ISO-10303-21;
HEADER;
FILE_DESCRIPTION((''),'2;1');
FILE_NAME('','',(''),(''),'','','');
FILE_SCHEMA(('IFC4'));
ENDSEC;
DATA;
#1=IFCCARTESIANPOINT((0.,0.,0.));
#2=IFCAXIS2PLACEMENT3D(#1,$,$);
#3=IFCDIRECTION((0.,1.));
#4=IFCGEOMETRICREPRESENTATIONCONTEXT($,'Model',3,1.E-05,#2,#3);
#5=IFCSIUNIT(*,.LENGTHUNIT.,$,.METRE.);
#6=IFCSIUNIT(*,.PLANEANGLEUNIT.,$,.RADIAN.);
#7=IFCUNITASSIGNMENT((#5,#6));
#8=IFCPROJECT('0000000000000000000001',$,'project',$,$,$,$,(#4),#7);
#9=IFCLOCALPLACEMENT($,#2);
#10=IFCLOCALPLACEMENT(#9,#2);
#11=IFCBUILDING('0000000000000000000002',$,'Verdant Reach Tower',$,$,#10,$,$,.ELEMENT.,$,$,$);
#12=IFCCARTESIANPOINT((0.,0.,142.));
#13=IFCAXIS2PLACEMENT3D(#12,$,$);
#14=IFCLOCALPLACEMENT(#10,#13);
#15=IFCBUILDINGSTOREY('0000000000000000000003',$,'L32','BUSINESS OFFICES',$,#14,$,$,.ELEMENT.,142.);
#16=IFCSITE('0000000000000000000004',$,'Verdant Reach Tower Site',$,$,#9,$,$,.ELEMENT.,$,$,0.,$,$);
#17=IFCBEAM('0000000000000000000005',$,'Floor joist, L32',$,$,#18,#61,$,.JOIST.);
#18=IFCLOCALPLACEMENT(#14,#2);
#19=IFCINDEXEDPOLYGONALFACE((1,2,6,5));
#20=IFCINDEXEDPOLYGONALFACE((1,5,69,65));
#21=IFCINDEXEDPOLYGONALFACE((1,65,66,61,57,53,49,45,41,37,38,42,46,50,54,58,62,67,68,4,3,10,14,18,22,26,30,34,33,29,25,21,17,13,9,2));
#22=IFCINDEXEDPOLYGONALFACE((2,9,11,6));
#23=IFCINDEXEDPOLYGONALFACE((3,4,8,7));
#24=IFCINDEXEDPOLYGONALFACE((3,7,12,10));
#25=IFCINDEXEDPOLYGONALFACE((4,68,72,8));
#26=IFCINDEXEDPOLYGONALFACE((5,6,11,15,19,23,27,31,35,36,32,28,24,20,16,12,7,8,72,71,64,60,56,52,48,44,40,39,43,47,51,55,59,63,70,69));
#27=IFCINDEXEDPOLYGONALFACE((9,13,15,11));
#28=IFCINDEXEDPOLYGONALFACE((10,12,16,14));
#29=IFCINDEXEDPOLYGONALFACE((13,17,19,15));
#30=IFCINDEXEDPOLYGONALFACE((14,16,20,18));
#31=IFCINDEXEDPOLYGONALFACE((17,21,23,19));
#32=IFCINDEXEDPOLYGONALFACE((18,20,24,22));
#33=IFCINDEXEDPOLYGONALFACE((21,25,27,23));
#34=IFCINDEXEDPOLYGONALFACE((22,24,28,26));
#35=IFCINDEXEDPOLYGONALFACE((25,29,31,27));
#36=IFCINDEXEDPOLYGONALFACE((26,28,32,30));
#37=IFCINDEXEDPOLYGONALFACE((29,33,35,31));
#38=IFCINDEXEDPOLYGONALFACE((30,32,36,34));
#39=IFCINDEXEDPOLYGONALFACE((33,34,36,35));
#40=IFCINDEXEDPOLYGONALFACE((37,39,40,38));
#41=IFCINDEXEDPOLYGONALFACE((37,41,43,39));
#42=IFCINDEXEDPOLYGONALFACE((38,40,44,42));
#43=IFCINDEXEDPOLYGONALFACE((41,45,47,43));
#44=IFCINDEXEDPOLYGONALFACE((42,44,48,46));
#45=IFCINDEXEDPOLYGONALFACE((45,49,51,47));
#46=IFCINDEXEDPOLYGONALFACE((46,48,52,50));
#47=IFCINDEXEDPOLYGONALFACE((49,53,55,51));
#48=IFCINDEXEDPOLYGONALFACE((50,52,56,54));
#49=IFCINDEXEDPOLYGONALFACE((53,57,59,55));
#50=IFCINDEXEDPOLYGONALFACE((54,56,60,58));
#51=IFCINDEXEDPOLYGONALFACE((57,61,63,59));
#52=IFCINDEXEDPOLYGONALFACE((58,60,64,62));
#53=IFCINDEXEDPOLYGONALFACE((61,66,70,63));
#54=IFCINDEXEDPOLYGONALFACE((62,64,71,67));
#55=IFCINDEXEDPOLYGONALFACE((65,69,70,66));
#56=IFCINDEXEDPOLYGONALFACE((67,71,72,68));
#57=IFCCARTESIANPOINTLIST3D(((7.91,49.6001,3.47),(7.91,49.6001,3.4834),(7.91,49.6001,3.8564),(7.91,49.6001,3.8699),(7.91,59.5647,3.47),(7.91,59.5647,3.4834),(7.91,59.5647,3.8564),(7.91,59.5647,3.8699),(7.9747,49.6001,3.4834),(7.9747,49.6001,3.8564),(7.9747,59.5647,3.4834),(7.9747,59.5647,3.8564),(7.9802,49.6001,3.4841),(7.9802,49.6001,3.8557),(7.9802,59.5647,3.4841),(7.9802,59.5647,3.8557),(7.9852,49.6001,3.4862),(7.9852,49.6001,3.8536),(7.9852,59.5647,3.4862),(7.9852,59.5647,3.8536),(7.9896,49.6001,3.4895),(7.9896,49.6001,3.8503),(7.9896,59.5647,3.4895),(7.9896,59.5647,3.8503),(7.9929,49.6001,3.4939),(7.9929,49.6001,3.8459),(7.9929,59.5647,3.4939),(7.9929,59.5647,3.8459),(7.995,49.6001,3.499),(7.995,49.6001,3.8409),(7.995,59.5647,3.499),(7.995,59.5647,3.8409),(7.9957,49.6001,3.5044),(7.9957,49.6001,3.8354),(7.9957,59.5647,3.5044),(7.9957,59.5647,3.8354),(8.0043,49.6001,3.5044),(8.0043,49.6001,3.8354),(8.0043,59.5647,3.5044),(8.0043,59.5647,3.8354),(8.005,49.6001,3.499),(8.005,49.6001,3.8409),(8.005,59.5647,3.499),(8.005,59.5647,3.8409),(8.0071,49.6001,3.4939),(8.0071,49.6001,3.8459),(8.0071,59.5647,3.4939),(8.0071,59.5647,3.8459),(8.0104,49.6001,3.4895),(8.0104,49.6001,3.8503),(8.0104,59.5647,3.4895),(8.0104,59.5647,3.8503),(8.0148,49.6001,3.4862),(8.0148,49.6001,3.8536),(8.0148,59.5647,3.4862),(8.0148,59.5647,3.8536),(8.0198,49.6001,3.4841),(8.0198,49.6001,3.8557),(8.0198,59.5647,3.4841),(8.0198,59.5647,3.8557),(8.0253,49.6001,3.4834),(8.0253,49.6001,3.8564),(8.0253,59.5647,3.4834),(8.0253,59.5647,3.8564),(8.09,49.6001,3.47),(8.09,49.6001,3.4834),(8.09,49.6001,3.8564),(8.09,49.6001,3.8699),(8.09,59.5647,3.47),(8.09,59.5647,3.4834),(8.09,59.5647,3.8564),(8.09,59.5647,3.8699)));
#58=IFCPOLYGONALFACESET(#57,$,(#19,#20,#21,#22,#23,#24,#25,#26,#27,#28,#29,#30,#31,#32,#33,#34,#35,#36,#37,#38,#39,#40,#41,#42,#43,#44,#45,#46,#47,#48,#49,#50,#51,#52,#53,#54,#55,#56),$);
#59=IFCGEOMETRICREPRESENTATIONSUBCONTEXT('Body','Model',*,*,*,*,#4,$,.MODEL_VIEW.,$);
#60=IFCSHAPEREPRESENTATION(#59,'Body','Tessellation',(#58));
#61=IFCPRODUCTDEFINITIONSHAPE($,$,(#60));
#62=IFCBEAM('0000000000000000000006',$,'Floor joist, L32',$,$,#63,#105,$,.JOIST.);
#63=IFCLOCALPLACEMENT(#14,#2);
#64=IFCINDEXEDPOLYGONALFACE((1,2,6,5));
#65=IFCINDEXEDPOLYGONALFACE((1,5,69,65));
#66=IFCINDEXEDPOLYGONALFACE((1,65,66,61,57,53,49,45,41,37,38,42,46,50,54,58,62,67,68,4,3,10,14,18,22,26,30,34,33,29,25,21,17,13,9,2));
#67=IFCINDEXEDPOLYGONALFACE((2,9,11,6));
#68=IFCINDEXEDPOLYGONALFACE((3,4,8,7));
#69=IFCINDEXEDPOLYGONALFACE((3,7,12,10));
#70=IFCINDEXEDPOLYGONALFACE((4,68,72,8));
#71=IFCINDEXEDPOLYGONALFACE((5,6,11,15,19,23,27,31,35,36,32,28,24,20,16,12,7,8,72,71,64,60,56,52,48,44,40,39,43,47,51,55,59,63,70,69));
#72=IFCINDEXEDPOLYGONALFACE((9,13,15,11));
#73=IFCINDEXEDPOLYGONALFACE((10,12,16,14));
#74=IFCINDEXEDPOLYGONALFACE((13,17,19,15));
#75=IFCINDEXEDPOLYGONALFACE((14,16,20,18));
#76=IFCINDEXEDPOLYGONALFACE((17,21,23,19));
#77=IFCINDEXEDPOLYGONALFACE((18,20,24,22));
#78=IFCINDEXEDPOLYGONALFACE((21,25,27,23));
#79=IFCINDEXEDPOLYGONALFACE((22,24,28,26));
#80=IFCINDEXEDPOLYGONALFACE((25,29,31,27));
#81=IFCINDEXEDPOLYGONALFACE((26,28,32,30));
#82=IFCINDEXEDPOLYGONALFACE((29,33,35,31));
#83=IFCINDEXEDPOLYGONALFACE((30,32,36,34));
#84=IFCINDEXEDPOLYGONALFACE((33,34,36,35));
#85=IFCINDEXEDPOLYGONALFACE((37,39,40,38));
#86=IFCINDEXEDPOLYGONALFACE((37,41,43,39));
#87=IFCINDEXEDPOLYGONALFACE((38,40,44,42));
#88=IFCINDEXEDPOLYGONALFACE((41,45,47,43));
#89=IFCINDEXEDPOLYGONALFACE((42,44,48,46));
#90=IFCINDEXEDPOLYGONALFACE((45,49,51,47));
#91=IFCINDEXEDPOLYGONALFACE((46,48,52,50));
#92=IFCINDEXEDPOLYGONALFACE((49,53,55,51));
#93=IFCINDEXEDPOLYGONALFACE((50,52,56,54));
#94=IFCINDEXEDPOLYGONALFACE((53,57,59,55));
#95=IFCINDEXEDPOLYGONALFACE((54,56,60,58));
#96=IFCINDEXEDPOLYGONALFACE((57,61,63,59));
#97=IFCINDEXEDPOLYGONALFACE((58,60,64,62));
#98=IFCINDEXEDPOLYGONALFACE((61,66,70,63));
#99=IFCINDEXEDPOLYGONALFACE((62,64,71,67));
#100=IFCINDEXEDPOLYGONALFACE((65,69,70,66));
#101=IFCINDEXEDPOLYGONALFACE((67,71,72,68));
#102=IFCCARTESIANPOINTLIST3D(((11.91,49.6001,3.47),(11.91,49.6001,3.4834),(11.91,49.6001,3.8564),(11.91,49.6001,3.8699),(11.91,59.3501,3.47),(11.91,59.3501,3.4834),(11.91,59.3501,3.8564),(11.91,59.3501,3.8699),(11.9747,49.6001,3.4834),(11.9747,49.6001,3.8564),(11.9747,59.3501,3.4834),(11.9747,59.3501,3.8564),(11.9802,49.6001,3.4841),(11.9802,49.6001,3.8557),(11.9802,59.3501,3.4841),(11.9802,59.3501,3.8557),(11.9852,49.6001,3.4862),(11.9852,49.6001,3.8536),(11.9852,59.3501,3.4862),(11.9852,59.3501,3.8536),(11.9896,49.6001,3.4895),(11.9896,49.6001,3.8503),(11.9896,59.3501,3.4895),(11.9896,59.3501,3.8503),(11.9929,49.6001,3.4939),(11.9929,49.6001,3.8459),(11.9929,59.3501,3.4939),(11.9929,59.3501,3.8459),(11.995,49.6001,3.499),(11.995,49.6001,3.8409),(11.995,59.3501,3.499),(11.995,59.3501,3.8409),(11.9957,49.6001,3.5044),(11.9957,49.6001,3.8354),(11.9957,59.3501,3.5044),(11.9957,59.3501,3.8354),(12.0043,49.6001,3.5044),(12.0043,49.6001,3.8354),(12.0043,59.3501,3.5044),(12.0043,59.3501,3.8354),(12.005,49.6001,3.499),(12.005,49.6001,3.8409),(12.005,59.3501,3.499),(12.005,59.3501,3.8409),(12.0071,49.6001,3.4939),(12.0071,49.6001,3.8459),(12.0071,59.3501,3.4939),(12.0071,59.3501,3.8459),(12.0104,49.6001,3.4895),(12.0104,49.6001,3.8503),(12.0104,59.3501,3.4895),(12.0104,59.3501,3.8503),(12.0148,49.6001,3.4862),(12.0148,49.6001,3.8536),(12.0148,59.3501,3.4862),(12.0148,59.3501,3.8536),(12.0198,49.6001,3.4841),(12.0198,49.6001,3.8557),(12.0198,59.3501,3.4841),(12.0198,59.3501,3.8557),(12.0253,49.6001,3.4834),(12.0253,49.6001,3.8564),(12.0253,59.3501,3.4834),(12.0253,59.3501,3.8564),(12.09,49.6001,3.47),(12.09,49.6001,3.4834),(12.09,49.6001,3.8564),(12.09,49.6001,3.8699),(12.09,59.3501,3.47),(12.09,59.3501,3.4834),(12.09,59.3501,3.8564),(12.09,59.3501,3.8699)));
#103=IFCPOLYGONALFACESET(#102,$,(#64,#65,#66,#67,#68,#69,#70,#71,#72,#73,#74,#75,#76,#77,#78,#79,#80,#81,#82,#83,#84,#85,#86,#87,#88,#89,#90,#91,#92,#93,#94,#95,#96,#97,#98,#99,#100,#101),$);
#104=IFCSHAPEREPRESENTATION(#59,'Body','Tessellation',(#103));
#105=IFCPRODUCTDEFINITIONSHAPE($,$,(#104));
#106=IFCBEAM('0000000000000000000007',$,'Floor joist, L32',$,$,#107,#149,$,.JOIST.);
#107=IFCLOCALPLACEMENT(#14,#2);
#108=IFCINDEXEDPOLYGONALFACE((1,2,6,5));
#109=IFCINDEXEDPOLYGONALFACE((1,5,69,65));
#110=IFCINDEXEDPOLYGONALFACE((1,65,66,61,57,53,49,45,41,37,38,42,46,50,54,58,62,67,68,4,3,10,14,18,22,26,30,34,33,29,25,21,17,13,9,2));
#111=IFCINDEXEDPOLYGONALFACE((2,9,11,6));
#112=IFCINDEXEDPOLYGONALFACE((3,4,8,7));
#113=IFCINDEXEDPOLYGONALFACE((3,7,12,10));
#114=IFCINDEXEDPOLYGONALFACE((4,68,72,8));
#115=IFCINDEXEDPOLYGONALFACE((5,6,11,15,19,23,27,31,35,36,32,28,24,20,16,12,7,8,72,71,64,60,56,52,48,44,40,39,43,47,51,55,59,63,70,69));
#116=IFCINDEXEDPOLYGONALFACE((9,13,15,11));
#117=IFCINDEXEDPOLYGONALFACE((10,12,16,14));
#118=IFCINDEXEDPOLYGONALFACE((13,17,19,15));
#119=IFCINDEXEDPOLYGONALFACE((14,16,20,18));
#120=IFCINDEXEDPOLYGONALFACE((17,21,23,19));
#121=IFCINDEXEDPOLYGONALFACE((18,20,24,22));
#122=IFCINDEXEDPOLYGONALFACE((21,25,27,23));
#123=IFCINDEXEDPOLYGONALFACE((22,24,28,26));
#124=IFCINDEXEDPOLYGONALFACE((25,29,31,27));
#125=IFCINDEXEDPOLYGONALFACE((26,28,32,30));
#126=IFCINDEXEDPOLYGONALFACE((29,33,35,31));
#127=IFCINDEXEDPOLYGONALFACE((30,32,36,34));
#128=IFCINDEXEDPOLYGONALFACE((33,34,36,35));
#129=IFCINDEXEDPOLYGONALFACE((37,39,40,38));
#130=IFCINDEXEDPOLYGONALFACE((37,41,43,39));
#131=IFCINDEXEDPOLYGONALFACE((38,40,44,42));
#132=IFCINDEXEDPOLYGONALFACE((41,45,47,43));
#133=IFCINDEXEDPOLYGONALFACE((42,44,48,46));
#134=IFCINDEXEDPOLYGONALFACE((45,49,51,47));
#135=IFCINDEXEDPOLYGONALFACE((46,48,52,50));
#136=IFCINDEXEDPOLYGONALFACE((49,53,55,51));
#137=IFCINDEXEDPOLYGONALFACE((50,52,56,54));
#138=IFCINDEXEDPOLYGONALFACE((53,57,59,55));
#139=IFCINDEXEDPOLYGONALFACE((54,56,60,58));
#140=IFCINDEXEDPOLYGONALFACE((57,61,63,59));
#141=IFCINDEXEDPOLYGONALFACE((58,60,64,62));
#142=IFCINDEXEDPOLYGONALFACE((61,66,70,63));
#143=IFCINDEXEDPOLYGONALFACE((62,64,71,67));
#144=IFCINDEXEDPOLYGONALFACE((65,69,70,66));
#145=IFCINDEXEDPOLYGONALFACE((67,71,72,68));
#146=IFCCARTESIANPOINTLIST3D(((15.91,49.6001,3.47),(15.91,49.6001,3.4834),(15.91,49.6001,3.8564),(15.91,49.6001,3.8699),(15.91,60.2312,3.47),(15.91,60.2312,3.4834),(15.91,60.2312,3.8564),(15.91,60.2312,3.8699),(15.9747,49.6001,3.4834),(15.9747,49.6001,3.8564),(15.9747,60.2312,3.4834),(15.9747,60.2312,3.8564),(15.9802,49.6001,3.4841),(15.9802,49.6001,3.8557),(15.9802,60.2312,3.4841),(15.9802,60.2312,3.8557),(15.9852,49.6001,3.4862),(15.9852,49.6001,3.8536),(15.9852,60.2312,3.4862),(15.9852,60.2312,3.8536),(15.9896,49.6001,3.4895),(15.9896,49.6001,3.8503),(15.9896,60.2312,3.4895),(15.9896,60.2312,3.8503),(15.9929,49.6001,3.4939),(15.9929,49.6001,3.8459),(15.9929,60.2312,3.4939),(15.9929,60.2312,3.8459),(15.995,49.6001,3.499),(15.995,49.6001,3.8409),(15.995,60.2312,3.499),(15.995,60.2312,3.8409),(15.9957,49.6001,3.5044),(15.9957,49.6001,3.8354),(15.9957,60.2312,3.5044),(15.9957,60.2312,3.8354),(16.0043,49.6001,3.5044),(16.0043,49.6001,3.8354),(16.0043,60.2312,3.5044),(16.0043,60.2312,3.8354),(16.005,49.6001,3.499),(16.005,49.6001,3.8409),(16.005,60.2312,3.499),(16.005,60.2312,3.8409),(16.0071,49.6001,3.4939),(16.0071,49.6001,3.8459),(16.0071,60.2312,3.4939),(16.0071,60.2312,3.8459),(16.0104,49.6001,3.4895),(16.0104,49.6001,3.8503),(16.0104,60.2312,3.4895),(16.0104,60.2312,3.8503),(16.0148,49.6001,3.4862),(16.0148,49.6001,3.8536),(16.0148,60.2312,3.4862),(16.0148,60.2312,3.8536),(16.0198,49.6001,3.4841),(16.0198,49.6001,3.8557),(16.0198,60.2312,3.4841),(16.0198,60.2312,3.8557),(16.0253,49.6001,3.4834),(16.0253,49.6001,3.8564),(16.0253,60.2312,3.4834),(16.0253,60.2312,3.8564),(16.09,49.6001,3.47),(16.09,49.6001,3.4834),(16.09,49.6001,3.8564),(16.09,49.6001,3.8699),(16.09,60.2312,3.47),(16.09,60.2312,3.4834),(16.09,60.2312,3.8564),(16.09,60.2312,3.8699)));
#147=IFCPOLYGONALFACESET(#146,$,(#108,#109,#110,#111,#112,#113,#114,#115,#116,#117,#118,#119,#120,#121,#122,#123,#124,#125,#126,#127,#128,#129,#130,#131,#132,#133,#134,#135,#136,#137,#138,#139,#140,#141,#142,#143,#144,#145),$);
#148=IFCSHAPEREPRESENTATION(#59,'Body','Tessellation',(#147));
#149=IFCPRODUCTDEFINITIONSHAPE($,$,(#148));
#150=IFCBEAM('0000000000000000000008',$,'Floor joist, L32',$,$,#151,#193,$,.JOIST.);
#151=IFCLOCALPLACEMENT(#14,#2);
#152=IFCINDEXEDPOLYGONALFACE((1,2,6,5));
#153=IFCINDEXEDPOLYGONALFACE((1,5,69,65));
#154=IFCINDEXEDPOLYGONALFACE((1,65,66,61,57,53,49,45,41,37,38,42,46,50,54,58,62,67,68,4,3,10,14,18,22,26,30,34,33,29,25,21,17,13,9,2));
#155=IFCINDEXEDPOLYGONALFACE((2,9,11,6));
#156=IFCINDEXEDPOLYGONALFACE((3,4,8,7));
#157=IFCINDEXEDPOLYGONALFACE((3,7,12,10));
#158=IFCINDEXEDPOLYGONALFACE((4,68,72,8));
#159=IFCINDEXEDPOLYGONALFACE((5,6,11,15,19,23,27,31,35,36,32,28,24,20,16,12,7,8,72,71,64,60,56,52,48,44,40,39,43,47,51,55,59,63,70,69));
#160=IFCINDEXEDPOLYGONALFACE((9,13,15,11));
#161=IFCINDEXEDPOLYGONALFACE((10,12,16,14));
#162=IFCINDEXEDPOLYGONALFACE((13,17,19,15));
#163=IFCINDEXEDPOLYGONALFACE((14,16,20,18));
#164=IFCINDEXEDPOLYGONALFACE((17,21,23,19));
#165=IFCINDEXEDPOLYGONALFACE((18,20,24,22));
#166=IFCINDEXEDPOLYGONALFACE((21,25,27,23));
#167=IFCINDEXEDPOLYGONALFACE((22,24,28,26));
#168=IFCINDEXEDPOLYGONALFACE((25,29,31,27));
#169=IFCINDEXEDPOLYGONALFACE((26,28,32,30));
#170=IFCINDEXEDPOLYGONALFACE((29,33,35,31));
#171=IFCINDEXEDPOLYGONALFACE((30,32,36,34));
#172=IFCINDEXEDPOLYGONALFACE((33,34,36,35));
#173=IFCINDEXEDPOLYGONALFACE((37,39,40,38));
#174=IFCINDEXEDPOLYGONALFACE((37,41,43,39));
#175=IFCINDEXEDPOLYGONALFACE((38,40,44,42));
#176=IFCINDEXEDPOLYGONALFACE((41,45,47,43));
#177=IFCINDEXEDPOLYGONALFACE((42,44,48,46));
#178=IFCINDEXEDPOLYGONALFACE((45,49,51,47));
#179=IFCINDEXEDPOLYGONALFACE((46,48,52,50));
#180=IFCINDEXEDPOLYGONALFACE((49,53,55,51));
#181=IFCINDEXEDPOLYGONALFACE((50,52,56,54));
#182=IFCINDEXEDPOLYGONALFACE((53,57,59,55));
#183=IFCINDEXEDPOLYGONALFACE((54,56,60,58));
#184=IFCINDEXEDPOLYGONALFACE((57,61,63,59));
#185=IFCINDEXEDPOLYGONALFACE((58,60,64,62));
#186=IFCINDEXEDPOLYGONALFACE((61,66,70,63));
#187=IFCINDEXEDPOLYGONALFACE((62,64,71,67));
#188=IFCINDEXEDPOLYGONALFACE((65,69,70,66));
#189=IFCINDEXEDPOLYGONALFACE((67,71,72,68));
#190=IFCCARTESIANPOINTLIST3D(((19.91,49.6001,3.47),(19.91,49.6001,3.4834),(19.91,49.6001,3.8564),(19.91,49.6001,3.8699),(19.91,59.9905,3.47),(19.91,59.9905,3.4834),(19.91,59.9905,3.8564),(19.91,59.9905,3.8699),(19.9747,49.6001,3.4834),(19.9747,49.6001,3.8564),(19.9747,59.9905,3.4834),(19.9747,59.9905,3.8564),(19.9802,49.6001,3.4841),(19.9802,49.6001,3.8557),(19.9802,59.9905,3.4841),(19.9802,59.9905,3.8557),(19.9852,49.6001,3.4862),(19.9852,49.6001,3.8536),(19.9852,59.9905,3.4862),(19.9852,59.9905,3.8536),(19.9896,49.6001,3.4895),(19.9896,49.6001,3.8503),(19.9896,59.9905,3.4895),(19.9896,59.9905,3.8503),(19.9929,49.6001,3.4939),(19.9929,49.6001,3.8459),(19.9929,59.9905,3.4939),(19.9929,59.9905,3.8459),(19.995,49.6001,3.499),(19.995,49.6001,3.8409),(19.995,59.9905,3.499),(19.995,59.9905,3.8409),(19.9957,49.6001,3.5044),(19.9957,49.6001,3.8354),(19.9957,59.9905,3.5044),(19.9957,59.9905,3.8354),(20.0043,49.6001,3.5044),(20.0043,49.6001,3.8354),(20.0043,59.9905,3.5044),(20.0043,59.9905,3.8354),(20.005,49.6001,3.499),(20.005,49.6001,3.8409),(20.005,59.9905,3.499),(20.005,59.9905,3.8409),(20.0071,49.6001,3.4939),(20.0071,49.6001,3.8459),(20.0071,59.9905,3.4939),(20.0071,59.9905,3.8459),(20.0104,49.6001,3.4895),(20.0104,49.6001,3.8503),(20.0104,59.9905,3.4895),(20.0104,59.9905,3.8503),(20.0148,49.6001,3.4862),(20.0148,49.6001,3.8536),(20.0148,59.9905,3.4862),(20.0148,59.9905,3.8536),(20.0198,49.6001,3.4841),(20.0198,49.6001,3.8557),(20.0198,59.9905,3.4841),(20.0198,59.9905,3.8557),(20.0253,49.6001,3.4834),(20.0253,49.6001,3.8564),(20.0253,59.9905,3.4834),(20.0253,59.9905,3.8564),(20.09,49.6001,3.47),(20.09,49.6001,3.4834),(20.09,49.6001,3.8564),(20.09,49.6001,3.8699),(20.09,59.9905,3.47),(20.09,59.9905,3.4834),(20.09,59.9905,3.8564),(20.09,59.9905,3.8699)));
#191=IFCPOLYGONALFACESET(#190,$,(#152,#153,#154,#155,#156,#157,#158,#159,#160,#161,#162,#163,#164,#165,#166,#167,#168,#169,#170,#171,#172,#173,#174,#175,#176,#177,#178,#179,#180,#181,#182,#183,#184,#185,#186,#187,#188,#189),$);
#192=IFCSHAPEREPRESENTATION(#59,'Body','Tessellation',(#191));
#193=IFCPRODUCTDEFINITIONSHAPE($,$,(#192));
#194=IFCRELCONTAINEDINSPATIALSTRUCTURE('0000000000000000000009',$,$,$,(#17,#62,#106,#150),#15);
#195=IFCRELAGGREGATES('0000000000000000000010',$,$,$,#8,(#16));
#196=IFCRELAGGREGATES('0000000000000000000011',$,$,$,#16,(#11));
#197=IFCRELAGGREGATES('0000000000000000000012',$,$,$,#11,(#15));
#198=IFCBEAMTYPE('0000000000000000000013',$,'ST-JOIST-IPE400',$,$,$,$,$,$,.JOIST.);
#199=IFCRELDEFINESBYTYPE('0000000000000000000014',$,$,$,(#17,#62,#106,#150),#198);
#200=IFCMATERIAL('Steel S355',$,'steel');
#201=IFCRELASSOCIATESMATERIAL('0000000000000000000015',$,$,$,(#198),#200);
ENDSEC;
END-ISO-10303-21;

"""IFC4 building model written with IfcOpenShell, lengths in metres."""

from ifc_helpers import new_model, si_unit, direction, frame, origin, origin_2d, place, context, subcontext, project, spatial, i_section, extrude, material, material_profile, profile_set, type_object, element, save


model = new_model("IFC4")

# Units and contexts
model_context = context("Model", 3, precision=1e-05, world=origin(), true_north=direction((0.0, 1.0)))
body_context = subcontext(model_context, "Body", "Model", "MODEL_VIEW")
ifc_project = project(units=[si_unit("LENGTHUNIT", "METRE"), si_unit("PLANEANGLEUNIT", "RADIAN")], contexts=[model_context])

# Site, building, storey
site_placement = place(None, origin())
site = spatial("IfcSite", under=ifc_project, at=site_placement, Name="Verdant Reach Tower Site", CompositionType="ELEMENT", RefElevation=0.0)
building_placement = place(site_placement, origin())
building = spatial("IfcBuilding", under=site, at=building_placement, Name="Verdant Reach Tower", CompositionType="ELEMENT")
storey_placement = place(building_placement, frame((0.0, 0.0, 142.0)))
storey = spatial("IfcBuildingStorey", under=building, at=storey_placement, Name="L32", Description="BUSINESS OFFICES", CompositionType="ELEMENT", Elevation=142.0)

# Beams
ifc_material_1 = material(Name="Steel S355", Category="steel")
ifc_material_profile_1 = material_profile(ifc_material_1, i_section(OverallWidth=0.1799, OverallDepth=0.3999, WebThickness=0.0085, FlangeThickness=0.0134, FilletRadius=0.021, at=origin_2d()), Name="IPE 400")
ifc_profile_set_1 = profile_set([ifc_material_profile_1], Name="Steel S355")
beam_type_1 = type_object("IfcBeamType", Name="ST-JOIST-IPE400", PredefinedType="JOIST", material=ifc_profile_set_1)
beam_1_placement = place(storey_placement, frame((8.0, 49.6001, 3.6699), z_axis=(0.0, 1.0, 0.0), x_axis=(-1.0, 0.0, 0.0)))
element("IfcBeam", 1, at=beam_1_placement, inside=storey, type_object=beam_type_1, Name="Floor joist, L32", PredefinedType="JOIST", context=body_context, shape_type="SweptSolid", body=[
    extrude(i_section(OverallWidth=0.1799, OverallDepth=0.3999, WebThickness=0.0085, FlangeThickness=0.0134, FilletRadius=0.021, at=origin_2d()), origin(), (0.0, 0.0, 1.0), 9.9646),
])
beam_2_placement = place(storey_placement, frame((12.0, 49.6001, 3.6699), z_axis=(0.0, 1.0, 0.0), x_axis=(-1.0, 0.0, 0.0)))
element("IfcBeam", 2, at=beam_2_placement, inside=storey, type_object=beam_type_1, Name="Floor joist, L32", PredefinedType="JOIST", context=body_context, shape_type="SweptSolid", body=[
    extrude(i_section(OverallWidth=0.1799, OverallDepth=0.3999, WebThickness=0.0085, FlangeThickness=0.0134, FilletRadius=0.021, at=origin_2d()), origin(), (0.0, 0.0, 1.0), 9.75),
])
beam_3_placement = place(storey_placement, frame((16.0, 49.6001, 3.6699), z_axis=(0.0, 1.0, 0.0), x_axis=(-1.0, 0.0, 0.0)))
element("IfcBeam", 3, at=beam_3_placement, inside=storey, type_object=beam_type_1, Name="Floor joist, L32", PredefinedType="JOIST", context=body_context, shape_type="SweptSolid", body=[
    extrude(i_section(OverallWidth=0.1799, OverallDepth=0.3999, WebThickness=0.0085, FlangeThickness=0.0134, FilletRadius=0.021, at=origin_2d()), origin(), (0.0, 0.0, 1.0), 10.6311),
])
beam_4_placement = place(storey_placement, frame((20.0, 49.6001, 3.6699), z_axis=(0.0, 1.0, 0.0), x_axis=(-1.0, 0.0, 0.0)))
element("IfcBeam", 4, at=beam_4_placement, inside=storey, type_object=beam_type_1, Name="Floor joist, L32", PredefinedType="JOIST", context=body_context, shape_type="SweptSolid", body=[
    extrude(i_section(OverallWidth=0.1799, OverallDepth=0.3999, WebThickness=0.0085, FlangeThickness=0.0134, FilletRadius=0.021, at=origin_2d()), origin(), (0.0, 0.0, 1.0), 10.3904),
])

save(model, "model.ifc")
